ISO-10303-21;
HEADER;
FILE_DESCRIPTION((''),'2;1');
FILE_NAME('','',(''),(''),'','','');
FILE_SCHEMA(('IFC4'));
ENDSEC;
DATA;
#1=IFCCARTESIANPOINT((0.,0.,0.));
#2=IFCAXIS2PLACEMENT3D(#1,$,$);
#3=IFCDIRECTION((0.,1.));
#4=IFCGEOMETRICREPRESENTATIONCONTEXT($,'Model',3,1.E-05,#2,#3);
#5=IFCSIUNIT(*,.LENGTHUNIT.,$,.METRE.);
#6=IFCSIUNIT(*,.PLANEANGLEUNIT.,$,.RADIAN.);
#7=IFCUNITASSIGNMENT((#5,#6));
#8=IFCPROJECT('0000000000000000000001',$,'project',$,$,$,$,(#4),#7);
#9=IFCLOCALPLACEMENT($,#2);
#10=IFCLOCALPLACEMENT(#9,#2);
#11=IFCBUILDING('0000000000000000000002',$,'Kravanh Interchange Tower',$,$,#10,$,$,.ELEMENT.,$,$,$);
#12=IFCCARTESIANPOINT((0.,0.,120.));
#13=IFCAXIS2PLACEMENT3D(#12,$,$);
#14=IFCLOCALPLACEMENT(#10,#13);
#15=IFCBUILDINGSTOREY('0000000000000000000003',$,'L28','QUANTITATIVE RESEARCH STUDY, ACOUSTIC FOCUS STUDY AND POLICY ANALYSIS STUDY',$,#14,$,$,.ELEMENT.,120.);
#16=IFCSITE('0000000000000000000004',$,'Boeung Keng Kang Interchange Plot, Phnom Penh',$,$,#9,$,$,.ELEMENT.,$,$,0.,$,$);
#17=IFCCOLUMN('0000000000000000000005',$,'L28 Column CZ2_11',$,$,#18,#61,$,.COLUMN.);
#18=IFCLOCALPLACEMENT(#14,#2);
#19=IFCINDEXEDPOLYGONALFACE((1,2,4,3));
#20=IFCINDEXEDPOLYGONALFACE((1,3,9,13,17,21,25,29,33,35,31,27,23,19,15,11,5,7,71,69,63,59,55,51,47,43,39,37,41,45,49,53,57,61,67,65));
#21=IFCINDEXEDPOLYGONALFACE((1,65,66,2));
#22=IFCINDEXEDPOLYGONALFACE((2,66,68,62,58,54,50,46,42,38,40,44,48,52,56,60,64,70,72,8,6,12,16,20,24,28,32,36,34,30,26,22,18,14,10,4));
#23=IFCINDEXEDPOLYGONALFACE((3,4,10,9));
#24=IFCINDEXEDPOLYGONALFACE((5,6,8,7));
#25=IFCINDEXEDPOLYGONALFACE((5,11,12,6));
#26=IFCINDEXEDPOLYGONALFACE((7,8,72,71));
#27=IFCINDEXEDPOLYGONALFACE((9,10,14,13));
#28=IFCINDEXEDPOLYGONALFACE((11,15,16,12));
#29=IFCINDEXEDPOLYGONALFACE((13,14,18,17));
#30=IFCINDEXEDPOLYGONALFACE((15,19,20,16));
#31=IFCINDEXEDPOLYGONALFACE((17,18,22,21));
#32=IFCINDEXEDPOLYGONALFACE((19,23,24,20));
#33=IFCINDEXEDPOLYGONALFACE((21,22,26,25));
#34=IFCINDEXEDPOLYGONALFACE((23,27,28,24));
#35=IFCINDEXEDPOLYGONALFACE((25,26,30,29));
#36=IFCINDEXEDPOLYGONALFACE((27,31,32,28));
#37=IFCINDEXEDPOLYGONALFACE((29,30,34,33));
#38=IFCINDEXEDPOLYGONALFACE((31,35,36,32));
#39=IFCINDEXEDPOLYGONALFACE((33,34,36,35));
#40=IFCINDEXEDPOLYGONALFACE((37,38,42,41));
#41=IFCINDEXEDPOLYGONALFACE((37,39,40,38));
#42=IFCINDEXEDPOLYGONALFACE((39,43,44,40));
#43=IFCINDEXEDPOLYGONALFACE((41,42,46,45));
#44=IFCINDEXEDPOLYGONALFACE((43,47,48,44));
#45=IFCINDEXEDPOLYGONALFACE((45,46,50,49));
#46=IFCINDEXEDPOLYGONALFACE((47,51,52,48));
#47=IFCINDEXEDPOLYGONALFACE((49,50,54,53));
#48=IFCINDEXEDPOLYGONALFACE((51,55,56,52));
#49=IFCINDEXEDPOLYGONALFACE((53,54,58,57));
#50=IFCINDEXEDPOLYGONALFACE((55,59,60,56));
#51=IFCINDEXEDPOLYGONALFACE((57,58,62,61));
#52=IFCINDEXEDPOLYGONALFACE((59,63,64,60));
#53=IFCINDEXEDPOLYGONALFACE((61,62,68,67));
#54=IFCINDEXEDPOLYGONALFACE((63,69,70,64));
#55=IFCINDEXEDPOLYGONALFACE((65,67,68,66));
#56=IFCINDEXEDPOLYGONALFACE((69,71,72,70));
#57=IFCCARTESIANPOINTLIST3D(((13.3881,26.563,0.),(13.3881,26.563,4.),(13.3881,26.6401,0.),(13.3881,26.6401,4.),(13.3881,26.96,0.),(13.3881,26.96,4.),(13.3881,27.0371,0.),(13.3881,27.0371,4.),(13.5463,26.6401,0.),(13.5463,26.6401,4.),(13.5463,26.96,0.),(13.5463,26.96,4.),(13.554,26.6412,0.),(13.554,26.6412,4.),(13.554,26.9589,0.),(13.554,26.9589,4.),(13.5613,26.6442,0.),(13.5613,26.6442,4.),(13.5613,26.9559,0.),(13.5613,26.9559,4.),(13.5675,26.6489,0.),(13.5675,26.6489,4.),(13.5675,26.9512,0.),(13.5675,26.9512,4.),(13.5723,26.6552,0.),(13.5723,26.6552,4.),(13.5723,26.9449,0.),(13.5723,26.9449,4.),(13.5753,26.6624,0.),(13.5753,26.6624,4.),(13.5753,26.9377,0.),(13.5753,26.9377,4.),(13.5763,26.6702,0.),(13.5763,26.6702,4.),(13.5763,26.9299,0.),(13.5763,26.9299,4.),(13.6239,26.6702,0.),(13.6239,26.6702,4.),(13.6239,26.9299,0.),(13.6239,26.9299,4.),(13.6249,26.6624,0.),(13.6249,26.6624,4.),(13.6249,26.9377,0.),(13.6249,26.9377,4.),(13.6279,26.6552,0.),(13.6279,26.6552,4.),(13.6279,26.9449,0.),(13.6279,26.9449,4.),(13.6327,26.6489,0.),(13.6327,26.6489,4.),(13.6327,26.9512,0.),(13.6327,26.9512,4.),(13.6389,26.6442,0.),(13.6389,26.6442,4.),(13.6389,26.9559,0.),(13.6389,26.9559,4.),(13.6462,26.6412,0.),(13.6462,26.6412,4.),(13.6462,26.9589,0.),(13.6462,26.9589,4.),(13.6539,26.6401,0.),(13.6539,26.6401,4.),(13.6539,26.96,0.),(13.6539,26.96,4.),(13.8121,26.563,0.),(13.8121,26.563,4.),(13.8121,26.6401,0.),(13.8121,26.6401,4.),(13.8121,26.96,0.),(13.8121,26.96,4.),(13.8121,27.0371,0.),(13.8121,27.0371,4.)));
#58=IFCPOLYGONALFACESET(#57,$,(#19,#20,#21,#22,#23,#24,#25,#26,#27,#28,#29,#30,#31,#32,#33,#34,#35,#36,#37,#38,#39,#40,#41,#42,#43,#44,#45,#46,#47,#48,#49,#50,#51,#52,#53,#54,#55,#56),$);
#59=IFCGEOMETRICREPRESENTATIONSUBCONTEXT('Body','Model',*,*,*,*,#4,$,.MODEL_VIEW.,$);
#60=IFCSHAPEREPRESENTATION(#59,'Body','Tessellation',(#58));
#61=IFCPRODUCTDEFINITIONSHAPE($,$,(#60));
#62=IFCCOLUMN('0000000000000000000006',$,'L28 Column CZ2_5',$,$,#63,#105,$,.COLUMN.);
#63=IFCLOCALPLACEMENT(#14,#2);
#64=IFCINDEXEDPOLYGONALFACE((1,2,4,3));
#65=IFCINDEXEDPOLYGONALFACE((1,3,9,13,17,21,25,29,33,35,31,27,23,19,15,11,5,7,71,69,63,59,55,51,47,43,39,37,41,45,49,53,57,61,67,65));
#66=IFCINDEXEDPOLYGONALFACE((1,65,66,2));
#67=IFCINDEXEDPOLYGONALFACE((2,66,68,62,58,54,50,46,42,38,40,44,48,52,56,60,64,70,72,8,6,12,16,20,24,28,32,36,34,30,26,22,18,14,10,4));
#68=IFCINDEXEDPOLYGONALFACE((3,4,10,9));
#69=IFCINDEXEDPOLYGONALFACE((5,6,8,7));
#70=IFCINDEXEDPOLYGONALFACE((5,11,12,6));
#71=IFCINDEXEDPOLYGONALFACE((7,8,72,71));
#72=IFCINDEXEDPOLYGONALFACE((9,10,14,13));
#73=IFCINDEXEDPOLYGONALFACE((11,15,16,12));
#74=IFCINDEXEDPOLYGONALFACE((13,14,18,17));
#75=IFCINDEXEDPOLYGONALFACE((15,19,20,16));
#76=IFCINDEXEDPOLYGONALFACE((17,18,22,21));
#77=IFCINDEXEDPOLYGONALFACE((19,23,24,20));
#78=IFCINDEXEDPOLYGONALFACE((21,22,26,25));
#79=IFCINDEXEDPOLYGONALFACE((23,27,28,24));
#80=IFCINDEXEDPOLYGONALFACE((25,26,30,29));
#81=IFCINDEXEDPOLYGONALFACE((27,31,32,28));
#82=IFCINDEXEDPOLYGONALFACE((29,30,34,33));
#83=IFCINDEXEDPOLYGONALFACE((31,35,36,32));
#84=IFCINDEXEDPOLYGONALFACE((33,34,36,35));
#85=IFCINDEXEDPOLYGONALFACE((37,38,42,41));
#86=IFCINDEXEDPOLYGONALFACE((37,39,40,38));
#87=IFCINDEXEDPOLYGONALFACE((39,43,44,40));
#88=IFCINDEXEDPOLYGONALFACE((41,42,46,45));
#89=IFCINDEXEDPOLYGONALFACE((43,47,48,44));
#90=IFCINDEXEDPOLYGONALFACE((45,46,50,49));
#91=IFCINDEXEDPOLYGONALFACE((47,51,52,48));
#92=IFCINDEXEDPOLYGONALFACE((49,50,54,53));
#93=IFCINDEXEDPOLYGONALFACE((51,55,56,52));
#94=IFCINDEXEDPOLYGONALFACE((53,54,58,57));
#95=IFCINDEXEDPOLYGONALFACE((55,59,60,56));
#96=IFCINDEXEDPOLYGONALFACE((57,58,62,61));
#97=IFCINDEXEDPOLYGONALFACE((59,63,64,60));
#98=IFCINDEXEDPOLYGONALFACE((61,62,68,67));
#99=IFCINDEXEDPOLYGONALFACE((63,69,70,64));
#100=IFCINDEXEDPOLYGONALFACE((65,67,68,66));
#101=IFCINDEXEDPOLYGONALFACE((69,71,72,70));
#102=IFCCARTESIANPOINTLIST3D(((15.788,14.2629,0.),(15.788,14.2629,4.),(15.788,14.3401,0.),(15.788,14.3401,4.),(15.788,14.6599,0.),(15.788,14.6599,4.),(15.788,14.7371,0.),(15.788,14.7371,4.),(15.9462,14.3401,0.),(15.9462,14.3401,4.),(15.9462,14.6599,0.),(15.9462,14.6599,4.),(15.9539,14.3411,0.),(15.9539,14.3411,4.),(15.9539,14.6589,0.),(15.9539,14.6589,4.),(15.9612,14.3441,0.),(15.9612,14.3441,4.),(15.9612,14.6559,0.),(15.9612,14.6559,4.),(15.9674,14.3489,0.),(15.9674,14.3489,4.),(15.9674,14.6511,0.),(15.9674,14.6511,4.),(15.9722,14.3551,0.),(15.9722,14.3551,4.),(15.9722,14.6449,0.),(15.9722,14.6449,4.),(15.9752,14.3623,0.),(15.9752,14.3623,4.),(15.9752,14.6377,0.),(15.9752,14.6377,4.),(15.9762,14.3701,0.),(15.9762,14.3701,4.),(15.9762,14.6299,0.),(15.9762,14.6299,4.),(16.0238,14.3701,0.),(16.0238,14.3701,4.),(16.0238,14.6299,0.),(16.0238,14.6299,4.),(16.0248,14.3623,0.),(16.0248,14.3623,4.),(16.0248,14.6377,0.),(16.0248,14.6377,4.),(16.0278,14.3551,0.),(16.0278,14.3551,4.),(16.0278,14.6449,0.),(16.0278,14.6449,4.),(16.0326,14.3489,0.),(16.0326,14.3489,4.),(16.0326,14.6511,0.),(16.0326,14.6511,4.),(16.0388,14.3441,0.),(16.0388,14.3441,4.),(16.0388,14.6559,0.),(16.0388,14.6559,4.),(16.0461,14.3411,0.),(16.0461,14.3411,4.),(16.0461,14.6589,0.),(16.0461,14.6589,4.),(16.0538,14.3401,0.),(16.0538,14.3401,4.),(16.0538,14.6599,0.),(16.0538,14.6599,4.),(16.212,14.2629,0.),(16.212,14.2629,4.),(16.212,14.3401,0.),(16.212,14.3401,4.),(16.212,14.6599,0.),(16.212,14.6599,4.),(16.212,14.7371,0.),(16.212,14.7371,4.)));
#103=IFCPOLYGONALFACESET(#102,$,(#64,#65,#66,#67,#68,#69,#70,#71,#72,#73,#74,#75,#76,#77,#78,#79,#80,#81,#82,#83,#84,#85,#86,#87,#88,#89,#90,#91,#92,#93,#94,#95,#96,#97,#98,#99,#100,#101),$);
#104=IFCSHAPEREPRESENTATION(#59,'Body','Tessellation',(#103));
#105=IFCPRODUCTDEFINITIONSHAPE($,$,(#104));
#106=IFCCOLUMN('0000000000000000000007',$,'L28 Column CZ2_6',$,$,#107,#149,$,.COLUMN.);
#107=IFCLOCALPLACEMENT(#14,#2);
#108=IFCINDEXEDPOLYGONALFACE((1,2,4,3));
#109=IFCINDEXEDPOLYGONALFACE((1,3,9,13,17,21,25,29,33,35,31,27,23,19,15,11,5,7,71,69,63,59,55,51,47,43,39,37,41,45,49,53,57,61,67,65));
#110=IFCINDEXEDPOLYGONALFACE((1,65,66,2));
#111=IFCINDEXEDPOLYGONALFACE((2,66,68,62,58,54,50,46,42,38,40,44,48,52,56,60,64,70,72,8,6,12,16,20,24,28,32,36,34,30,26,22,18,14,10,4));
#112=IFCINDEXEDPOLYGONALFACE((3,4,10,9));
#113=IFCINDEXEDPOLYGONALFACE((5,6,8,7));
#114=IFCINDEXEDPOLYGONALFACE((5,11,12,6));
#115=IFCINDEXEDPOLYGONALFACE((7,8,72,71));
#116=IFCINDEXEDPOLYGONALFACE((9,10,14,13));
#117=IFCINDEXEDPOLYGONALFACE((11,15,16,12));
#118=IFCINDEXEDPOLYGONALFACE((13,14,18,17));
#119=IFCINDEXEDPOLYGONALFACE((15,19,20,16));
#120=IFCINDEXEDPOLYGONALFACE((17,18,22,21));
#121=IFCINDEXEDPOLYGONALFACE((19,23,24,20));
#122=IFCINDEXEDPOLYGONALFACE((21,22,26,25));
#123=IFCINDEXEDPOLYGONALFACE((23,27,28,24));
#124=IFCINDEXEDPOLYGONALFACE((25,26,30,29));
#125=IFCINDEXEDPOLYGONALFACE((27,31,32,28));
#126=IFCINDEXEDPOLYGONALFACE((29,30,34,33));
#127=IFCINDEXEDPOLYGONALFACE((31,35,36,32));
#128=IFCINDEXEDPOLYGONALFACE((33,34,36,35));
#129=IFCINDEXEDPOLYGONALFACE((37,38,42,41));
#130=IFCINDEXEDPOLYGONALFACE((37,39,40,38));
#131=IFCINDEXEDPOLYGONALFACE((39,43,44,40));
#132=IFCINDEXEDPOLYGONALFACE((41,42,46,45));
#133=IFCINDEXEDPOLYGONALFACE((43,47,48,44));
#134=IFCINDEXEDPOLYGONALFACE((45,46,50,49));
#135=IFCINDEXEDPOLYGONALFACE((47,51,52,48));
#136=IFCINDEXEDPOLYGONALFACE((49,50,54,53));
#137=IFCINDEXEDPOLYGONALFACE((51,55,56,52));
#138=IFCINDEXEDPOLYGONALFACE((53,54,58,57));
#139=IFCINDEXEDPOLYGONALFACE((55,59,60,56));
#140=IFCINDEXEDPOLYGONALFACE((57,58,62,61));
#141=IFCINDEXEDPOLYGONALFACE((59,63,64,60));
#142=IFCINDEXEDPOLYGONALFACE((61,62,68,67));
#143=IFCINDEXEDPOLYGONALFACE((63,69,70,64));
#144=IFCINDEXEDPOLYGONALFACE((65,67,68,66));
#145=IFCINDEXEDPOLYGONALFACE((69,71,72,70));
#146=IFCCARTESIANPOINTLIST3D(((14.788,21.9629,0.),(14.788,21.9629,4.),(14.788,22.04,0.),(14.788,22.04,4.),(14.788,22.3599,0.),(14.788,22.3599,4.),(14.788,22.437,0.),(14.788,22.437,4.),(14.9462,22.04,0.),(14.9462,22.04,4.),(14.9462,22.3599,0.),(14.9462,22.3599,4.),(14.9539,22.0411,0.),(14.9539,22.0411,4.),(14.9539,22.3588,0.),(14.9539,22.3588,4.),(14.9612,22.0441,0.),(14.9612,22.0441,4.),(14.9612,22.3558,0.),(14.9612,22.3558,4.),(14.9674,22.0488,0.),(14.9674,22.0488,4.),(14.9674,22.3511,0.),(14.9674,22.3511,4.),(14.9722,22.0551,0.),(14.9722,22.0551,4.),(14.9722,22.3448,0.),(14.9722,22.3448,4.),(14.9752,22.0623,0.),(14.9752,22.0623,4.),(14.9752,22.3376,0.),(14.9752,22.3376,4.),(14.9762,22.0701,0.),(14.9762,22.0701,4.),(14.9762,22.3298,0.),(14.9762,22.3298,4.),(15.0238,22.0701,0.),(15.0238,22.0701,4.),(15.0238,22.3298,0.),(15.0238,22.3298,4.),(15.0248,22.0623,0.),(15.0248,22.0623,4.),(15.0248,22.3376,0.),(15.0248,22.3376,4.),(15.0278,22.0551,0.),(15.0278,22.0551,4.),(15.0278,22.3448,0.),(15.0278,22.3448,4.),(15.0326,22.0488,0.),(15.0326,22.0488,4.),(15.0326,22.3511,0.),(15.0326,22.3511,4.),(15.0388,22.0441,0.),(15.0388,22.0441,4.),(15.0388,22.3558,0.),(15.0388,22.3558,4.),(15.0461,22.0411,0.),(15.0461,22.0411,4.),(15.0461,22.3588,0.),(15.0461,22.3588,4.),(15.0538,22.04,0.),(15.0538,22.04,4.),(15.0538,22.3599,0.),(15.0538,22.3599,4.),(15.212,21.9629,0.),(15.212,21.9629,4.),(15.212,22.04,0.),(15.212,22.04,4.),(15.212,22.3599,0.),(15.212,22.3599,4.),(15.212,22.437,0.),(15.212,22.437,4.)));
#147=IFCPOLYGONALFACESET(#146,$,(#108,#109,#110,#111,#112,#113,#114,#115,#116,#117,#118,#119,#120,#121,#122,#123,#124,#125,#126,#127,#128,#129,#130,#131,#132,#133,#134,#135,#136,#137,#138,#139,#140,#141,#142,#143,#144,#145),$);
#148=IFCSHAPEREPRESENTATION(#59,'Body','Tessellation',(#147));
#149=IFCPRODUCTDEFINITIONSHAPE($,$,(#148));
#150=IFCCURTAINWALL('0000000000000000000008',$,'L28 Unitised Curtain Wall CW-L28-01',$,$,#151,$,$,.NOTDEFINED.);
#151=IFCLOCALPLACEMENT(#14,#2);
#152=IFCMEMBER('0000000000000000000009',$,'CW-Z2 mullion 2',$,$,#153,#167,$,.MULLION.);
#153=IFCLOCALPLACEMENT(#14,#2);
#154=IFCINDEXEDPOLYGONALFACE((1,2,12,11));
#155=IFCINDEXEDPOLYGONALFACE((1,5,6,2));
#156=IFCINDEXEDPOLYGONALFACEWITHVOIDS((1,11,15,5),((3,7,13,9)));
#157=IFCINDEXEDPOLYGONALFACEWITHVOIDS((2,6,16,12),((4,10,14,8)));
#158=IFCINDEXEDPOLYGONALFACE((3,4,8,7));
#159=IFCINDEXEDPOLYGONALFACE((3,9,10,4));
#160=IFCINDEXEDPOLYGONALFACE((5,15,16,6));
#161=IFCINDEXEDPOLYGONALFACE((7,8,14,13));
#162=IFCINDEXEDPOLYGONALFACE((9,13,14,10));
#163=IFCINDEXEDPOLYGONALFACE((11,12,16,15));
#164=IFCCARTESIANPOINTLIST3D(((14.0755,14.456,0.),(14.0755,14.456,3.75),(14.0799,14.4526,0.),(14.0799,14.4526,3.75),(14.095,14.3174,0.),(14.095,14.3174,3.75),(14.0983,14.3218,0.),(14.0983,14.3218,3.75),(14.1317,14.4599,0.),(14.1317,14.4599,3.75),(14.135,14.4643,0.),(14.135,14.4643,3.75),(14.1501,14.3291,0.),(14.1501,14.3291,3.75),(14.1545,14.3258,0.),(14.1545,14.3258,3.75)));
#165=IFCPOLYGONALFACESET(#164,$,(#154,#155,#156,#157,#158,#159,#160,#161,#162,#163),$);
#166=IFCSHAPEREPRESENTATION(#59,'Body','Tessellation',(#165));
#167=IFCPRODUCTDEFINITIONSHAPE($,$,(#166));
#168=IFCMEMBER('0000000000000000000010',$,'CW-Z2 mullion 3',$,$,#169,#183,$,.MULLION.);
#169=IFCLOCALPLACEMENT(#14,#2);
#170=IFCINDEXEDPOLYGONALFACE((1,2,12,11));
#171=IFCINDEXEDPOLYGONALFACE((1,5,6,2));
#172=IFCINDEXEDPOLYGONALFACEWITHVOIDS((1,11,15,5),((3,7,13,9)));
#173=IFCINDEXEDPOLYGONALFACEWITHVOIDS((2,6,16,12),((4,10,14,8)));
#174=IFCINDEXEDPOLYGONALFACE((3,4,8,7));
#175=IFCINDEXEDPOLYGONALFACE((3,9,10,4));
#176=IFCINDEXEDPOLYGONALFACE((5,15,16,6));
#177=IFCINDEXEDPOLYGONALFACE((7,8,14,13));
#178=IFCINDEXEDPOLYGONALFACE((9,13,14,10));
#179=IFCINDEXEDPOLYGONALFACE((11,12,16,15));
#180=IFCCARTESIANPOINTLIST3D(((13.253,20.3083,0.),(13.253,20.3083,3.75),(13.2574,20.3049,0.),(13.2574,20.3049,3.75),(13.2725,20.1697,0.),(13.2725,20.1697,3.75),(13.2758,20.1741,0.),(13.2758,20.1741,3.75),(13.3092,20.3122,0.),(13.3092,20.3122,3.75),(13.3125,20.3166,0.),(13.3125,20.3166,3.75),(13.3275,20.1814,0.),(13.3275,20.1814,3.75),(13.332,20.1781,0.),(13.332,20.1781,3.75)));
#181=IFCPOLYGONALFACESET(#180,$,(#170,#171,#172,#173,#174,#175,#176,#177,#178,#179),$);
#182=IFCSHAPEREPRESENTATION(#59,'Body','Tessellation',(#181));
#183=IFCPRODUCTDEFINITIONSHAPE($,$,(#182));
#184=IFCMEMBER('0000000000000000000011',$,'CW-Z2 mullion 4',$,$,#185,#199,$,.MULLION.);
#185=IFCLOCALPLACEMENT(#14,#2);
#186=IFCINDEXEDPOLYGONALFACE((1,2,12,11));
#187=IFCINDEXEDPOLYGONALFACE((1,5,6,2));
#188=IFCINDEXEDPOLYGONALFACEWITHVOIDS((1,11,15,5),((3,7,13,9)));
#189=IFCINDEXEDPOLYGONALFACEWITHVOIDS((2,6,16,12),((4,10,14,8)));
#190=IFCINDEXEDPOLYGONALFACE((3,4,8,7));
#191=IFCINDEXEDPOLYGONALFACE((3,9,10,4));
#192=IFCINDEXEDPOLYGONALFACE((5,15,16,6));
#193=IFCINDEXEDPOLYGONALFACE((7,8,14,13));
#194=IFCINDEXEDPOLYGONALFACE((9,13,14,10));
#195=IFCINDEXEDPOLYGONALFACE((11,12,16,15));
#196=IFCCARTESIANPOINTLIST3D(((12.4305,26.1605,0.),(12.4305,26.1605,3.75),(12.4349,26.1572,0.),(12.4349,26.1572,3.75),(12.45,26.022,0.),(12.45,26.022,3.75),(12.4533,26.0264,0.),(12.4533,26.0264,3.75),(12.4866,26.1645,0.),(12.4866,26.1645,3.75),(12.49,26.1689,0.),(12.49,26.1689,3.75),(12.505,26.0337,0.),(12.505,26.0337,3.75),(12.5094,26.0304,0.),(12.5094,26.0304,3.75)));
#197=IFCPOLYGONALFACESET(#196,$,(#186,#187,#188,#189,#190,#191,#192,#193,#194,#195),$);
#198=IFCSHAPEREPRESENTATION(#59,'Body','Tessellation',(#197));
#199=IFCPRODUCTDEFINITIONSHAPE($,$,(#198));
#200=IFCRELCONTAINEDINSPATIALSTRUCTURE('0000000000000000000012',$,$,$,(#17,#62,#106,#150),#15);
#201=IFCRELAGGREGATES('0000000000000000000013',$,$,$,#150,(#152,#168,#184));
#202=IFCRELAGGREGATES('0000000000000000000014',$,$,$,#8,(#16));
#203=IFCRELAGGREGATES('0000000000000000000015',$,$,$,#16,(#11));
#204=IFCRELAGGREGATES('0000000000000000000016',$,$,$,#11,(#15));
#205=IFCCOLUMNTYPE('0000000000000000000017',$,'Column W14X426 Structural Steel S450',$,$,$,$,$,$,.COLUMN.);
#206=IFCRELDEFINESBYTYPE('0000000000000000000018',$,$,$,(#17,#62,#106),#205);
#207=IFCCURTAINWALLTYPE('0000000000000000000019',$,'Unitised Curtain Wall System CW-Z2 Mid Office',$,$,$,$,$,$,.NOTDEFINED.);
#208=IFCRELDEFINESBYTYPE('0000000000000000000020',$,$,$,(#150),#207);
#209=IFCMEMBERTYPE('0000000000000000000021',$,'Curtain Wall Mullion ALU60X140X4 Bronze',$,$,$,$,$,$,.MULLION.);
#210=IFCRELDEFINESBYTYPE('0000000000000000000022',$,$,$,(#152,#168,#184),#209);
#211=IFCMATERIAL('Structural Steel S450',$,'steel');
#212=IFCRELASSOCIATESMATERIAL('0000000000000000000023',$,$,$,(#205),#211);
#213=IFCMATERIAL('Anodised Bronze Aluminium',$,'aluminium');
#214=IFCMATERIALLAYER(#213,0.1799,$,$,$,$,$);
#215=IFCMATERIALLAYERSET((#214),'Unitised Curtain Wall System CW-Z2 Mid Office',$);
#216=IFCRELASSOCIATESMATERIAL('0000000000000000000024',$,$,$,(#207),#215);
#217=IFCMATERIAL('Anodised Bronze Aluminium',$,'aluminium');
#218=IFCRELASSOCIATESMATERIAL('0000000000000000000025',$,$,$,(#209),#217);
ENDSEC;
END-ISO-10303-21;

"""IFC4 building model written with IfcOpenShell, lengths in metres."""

from ifc_helpers import new_model, si_unit, direction, frame, origin, origin_2d, place, context, subcontext, project, spatial, hollow_rectangle, i_section, extrude, material, layer, layer_set, material_profile, profile_set, type_object, element, aggregate, save


model = new_model("IFC4")

# Units and contexts
model_context = context("Model", 3, precision=1e-05, world=origin(), true_north=direction((0.0, 1.0)))
body_context = subcontext(model_context, "Body", "Model", "MODEL_VIEW")
ifc_project = project(units=[si_unit("LENGTHUNIT", "METRE"), si_unit("PLANEANGLEUNIT", "RADIAN")], contexts=[model_context])

# Site, building, storey
site_placement = place(None, origin())
site = spatial("IfcSite", under=ifc_project, at=site_placement, Name="Boeung Keng Kang Interchange Plot, Phnom Penh", CompositionType="ELEMENT", RefElevation=0.0)
building_placement = place(site_placement, origin())
building = spatial("IfcBuilding", under=site, at=building_placement, Name="Kravanh Interchange Tower", CompositionType="ELEMENT")
storey_placement = place(building_placement, frame((0.0, 0.0, 120.0)))
storey = spatial("IfcBuildingStorey", under=building, at=storey_placement, Name="L28", Description="QUANTITATIVE RESEARCH STUDY, ACOUSTIC FOCUS STUDY AND POLICY ANALYSIS STUDY", CompositionType="ELEMENT", Elevation=120.0)

# Columns
ifc_material_1 = material(Name="Structural Steel S450", Category="steel")
ifc_material_profile_1 = material_profile(ifc_material_1, i_section(OverallWidth=0.4241, OverallDepth=0.4741, WebThickness=0.0476, FlangeThickness=0.0771, FilletRadius=0.03, at=origin_2d()), Name="W14X426")
ifc_profile_set_1 = profile_set([ifc_material_profile_1], Name="Structural Steel S450")
column_type = type_object("IfcColumnType", Name="Column W14X426 Structural Steel S450", PredefinedType="COLUMN", material=ifc_profile_set_1)
for number, where, z_axis, x_axis, name in (
    (1, (13.6001, 26.8, 0.0), (0.0, 0.0, 1.0), (1.0, 0.0, 0.0), "L28 Column CZ2_11"),
    (2, (16.0, 14.5, 0.0), (0.0, 0.0, 1.0), (1.0, 0.0, 0.0), "L28 Column CZ2_5"),
    (3, (15.0, 22.2, 0.0), (0.0, 0.0, 1.0), (1.0, 0.0, 0.0), "L28 Column CZ2_6"),
):
    element("IfcColumn", number, at=place(storey_placement, frame(where, z_axis=z_axis, x_axis=x_axis)), inside=storey, type_object=column_type, Name=name, PredefinedType="COLUMN", context=body_context, shape_type="SweptSolid", body=[
        extrude(i_section(OverallWidth=0.4241, OverallDepth=0.4741, WebThickness=0.0476, FlangeThickness=0.0771, FilletRadius=0.03, at=origin_2d()), origin(), (0.0, 0.0, 1.0), 4.0),
    ])

# Curtain wall, members
ifc_material_2 = material(Name="Anodised Bronze Aluminium", Category="aluminium")
ifc_layer_1 = layer(ifc_material_2, 0.1799)
ifc_layer_set_1 = layer_set([ifc_layer_1], Name="Unitised Curtain Wall System CW-Z2 Mid Office")
curtain_wall_type = type_object("IfcCurtainWallType", Name="Unitised Curtain Wall System CW-Z2 Mid Office", PredefinedType="NOTDEFINED", material=ifc_layer_set_1)
curtain_wall_placement = place(storey_placement, origin())
curtain_wall = element("IfcCurtainWall", 4, at=curtain_wall_placement, inside=storey, type_object=curtain_wall_type, Name="L28 Unitised Curtain Wall CW-L28-01", PredefinedType="NOTDEFINED")
ifc_material_3 = material(Name="Anodised Bronze Aluminium", Category="aluminium")
ifc_material_profile_2 = material_profile(ifc_material_3, hollow_rectangle(XDim=0.0601, YDim=0.1399, WallThickness=0.0039, at=origin_2d()), Name="ALU60X140X4")
ifc_profile_set_2 = profile_set([ifc_material_profile_2], Name="Anodised Bronze Aluminium")
member_type_1 = type_object("IfcMemberType", Name="Curtain Wall Mullion ALU60X140X4 Bronze", PredefinedType="MULLION", material=ifc_profile_set_2)
member_1_placement = place(storey_placement, frame((14.115, 14.3909, 0.0), z_axis=(0.0, 0.0, 1.0), x_axis=(-0.990268, -0.139173, 0.0)))
member_1 = element("IfcMember", 5, at=member_1_placement, type_object=member_type_1, Name="CW-Z2 mullion 2", PredefinedType="MULLION", context=body_context, shape_type="SweptSolid", body=[
    extrude(hollow_rectangle(XDim=0.0601, YDim=0.1399, WallThickness=0.0039, at=origin_2d()), origin(), (0.0, 0.0, 1.0), 3.75),
])
member_2_placement = place(storey_placement, frame((13.2925, 20.2432, 0.0), z_axis=(0.0, 0.0, 1.0), x_axis=(-0.990268, -0.139173, 0.0)))
member_2 = element("IfcMember", 6, at=member_2_placement, type_object=member_type_1, Name="CW-Z2 mullion 3", PredefinedType="MULLION", context=body_context, shape_type="SweptSolid", body=[
    extrude(hollow_rectangle(XDim=0.0601, YDim=0.1399, WallThickness=0.0039, at=origin_2d()), origin(), (0.0, 0.0, 1.0), 3.75),
])
member_3_placement = place(storey_placement, frame((12.47, 26.0955, 0.0), z_axis=(0.0, 0.0, 1.0), x_axis=(-0.990268, -0.139173, 0.0)))
member_3 = element("IfcMember", 7, at=member_3_placement, type_object=member_type_1, Name="CW-Z2 mullion 4", PredefinedType="MULLION", context=body_context, shape_type="SweptSolid", body=[
    extrude(hollow_rectangle(XDim=0.0601, YDim=0.1399, WallThickness=0.0039, at=origin_2d()), origin(), (0.0, 0.0, 1.0), 3.75),
])

aggregate(curtain_wall, [member_1, member_2, member_3])

save(model, "model.ifc")
